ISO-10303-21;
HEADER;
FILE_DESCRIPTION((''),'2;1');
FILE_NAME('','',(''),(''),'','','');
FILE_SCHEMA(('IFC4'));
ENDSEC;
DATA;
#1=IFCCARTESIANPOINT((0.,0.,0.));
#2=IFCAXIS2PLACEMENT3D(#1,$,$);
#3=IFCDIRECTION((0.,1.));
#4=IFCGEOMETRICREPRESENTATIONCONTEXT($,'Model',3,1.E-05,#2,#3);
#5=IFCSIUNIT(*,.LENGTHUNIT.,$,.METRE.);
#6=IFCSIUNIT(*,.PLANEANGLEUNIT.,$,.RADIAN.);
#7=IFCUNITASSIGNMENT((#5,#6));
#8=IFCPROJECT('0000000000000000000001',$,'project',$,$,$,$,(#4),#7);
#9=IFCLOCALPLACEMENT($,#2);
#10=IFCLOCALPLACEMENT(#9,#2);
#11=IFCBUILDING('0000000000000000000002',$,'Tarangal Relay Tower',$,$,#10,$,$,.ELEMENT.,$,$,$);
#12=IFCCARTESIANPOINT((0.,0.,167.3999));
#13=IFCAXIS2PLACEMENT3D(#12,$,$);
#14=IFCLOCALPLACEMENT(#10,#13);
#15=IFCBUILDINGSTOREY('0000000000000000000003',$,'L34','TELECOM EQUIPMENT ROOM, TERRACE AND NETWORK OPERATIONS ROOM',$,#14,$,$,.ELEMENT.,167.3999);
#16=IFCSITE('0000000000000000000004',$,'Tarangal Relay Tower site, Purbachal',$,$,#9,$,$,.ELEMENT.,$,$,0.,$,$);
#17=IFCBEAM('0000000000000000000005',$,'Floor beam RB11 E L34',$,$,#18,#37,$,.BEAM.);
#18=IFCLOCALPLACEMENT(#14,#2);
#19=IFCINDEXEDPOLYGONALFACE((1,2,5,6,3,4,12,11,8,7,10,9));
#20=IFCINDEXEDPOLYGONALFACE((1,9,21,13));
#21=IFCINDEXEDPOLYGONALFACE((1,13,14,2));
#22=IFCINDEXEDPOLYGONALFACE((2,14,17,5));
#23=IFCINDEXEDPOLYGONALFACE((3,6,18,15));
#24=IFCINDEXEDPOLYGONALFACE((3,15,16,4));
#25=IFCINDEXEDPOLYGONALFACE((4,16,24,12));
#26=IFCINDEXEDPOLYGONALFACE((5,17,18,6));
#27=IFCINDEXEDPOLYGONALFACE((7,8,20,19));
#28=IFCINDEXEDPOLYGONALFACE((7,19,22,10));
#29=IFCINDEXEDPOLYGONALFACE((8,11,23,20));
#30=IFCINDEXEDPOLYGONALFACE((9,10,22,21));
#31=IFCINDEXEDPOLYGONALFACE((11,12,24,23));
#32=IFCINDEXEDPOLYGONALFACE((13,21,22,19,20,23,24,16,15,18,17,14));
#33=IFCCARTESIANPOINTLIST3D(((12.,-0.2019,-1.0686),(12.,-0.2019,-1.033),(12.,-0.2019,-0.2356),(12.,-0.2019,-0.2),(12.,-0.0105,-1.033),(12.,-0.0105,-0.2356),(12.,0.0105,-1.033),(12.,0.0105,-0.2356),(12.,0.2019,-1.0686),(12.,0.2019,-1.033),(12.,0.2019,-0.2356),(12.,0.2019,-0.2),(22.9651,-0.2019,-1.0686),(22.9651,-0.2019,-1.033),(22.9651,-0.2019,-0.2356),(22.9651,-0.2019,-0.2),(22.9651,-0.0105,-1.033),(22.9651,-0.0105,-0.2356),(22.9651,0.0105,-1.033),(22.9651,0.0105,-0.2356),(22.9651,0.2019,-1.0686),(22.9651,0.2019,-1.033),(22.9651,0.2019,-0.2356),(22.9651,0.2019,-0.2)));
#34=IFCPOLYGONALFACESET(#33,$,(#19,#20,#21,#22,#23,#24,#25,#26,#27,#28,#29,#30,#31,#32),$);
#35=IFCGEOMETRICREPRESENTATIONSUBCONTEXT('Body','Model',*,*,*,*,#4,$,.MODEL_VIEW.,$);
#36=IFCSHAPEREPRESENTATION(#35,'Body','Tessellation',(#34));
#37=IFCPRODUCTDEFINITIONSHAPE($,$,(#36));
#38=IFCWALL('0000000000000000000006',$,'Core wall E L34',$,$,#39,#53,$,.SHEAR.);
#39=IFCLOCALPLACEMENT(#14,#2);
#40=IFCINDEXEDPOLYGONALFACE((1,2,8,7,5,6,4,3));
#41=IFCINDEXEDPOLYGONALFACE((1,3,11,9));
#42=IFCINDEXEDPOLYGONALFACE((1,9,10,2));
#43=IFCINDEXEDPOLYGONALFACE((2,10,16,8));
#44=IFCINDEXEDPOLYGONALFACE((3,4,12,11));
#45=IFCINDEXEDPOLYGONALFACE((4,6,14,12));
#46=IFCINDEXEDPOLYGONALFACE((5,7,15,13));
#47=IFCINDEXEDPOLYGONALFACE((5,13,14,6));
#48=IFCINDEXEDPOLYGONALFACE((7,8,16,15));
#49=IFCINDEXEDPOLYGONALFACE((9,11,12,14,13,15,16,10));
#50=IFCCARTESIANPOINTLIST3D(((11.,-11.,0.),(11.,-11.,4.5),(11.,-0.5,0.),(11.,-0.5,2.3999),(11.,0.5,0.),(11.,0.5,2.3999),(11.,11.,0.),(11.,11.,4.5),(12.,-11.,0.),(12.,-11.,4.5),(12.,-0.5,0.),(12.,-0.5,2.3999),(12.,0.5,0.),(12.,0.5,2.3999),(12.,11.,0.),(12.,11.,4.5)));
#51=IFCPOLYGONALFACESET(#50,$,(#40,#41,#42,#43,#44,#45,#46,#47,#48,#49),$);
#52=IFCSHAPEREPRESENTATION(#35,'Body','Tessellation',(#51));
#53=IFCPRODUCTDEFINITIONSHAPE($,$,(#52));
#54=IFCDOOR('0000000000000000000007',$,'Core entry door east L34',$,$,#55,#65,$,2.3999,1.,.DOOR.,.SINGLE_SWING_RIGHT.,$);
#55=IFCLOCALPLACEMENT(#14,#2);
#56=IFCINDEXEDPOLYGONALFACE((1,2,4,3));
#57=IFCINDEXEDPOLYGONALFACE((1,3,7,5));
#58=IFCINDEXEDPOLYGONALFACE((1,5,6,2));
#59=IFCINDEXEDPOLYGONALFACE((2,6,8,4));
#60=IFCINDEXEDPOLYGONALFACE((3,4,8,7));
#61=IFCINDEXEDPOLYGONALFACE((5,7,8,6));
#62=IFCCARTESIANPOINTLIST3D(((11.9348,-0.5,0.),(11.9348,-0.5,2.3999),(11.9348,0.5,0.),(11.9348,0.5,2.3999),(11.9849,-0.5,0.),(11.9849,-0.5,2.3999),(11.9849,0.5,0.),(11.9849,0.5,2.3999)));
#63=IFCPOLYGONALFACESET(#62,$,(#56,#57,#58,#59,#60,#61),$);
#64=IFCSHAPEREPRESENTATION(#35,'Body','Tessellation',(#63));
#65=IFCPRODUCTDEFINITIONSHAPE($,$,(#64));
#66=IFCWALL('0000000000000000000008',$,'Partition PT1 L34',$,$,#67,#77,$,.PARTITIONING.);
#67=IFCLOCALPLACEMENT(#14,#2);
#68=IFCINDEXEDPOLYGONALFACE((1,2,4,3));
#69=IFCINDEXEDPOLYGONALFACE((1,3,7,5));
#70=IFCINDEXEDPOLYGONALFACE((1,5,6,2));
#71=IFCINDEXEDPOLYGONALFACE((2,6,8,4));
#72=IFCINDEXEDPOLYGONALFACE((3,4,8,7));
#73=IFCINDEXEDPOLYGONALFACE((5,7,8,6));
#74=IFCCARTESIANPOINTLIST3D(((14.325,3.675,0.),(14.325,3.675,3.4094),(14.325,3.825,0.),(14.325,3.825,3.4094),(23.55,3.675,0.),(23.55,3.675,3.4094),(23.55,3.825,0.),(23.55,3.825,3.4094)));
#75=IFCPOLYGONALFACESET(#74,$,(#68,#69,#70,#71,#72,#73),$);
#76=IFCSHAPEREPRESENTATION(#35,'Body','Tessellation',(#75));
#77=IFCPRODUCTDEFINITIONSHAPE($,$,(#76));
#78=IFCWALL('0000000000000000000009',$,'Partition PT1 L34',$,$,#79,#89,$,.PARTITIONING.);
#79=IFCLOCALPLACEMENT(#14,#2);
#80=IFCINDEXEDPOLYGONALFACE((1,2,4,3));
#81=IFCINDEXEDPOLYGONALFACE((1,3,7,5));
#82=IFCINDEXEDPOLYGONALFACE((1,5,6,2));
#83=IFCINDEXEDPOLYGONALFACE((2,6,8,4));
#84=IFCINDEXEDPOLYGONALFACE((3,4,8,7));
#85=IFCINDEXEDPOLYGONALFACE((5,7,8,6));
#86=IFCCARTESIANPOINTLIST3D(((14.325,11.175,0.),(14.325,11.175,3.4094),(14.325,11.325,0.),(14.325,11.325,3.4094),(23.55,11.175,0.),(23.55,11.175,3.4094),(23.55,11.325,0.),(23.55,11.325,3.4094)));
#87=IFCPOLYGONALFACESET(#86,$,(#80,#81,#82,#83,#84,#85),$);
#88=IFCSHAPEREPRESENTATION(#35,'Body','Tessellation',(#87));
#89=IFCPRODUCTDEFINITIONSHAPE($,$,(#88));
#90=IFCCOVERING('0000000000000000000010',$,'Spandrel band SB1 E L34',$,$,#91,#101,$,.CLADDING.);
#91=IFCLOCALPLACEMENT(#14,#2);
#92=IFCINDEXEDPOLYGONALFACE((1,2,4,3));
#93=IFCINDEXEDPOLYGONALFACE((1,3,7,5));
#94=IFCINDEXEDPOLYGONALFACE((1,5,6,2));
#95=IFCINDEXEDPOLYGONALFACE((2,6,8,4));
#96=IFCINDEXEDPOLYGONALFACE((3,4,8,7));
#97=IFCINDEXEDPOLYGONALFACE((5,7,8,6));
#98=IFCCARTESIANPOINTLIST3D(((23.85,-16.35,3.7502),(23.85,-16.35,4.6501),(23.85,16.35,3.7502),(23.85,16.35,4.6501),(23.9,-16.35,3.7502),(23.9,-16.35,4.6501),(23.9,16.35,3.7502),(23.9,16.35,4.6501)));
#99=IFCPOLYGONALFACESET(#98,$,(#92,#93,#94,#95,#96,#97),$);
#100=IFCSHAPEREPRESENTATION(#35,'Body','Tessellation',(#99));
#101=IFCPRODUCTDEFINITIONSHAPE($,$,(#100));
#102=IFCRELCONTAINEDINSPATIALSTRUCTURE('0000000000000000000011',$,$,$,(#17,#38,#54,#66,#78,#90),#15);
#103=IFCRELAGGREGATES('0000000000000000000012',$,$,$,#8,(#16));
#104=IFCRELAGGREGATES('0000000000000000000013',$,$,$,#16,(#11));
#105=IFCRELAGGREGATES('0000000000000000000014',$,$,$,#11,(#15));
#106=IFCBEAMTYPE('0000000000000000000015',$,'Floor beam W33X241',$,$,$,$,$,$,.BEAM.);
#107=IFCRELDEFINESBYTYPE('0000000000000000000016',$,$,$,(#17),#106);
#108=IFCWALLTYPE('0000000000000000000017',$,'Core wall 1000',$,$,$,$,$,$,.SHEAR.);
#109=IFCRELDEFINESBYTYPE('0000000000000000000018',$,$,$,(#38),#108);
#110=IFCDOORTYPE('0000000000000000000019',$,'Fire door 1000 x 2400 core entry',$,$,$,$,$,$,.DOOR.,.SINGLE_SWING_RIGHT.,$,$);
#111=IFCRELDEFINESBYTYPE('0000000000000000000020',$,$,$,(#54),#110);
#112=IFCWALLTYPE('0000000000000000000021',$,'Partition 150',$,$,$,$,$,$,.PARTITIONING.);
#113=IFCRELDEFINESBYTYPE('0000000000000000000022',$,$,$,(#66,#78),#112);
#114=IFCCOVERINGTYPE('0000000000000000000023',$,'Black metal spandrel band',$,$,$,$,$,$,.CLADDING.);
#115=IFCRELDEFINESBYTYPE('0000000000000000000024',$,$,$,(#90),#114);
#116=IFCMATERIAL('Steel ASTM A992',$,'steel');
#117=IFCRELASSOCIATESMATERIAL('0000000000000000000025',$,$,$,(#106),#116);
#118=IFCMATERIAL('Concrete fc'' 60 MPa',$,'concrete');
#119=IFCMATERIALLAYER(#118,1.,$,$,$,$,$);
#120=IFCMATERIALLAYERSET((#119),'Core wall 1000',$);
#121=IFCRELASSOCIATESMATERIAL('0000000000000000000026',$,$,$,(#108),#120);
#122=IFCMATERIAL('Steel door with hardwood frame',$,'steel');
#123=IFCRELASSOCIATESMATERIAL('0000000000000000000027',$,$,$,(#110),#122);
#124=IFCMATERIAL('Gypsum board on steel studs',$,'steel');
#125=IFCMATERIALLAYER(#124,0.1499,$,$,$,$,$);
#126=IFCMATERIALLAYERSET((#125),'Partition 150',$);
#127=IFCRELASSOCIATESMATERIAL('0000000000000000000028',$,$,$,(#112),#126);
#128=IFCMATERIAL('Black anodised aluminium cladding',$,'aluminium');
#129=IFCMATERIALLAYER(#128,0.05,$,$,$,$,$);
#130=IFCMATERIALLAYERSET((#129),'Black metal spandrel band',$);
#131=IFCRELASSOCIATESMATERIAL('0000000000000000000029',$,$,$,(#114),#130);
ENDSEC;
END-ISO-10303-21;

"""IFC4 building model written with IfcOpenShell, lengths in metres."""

from ifc_helpers import new_model, si_unit, direction, frame, frame_2d, origin, origin_2d, place, context, subcontext, project, spatial, rectangle, i_section, extrude, material, layer, layer_set, material_profile, profile_set, type_object, element, fill, save


model = new_model("IFC4")

# Units and contexts
model_context = context("Model", 3, precision=1e-05, world=origin(), true_north=direction((0.0, 1.0)))
body_context = subcontext(model_context, "Body", "Model", "MODEL_VIEW")
ifc_project = project(units=[si_unit("LENGTHUNIT", "METRE"), si_unit("PLANEANGLEUNIT", "RADIAN")], contexts=[model_context])

# Site, building, storey
site_placement = place(None, origin())
site = spatial("IfcSite", under=ifc_project, at=site_placement, Name="Tarangal Relay Tower site, Purbachal", CompositionType="ELEMENT", RefElevation=0.0)
building_placement = place(site_placement, origin())
building = spatial("IfcBuilding", under=site, at=building_placement, Name="Tarangal Relay Tower", CompositionType="ELEMENT")
storey_placement = place(building_placement, frame((0.0, 0.0, 167.3999)))
storey = spatial("IfcBuildingStorey", under=building, at=storey_placement, Name="L34", Description="TELECOM EQUIPMENT ROOM, TERRACE AND NETWORK OPERATIONS ROOM", CompositionType="ELEMENT", Elevation=167.3999)

# Beam
ifc_material_1 = material(Name="Steel ASTM A992", Category="steel")
ifc_material_profile_1 = material_profile(ifc_material_1, i_section(OverallWidth=0.4038, OverallDepth=0.8687, WebThickness=0.021, FlangeThickness=0.0356, at=origin_2d()), Name="W33X241")
ifc_profile_set_1 = profile_set([ifc_material_profile_1], Name="Steel ASTM A992")
beam_type_1 = type_object("IfcBeamType", Name="Floor beam W33X241", PredefinedType="BEAM", material=ifc_profile_set_1)
for number, where, z_axis, x_axis, name in (
    (1, (12.0, 0.0, -0.6343), (1.0, 0.0, 0.0), (0.0, 1.0, 0.0), "Floor beam RB11 E L34"),
):
    element("IfcBeam", number, at=place(storey_placement, frame(where, z_axis=z_axis, x_axis=x_axis)), inside=storey, type_object=beam_type_1, Name=name, PredefinedType="BEAM", context=body_context, shape_type="SweptSolid", body=[
        extrude(i_section(OverallWidth=0.4038, OverallDepth=0.8687, WebThickness=0.021, FlangeThickness=0.0356, at=origin_2d()), origin(), (0.0, 0.0, 1.0), 10.9651),
    ])

# Wall, opening, door
ifc_material_2 = material(Name="Concrete fc' 60 MPa", Category="concrete")
ifc_layer_1 = layer(ifc_material_2, 1.0)
ifc_layer_set_1 = layer_set([ifc_layer_1], Name="Core wall 1000")
wall_type_1 = type_object("IfcWallType", Name="Core wall 1000", PredefinedType="SHEAR", material=ifc_layer_set_1)
wall_placement = place(storey_placement, frame((11.5, 11.0, 0.0), z_axis=(0.0, 0.0, 1.0), x_axis=(0.0, -1.0, 0.0)))
wall = element("IfcWall", 2, at=wall_placement, inside=storey, type_object=wall_type_1, Name="Core wall E L34", PredefinedType="SHEAR", context=body_context, shape_type="SweptSolid", body=[
    extrude(rectangle(XDim=22.0, YDim=1.0, at=frame_2d((11.0, 0.0))), origin(), (0.0, 0.0, 1.0), 4.5),
])
opening_placement = place(wall_placement, frame((10.5, 0.0, 0.0)))
opening = element("IfcOpeningElement", 3, at=opening_placement, cuts=wall, PredefinedType="OPENING", context=body_context, shape_type="SweptSolid", body=[
    extrude(rectangle(XDim=1.0, YDim=2.3999, at=frame_2d((0.5, 1.2))), frame((0.0, 0.51, 0.0), z_axis=(0.0, -1.0, 0.0), x_axis=(1.0, 0.0, 0.0)), (0.0, 0.0, 1.0), 1.02),
])
ifc_material_3 = material(Name="Steel door with hardwood frame", Category="steel")
door_type = type_object("IfcDoorType", Name="Fire door 1000 x 2400 core entry", OperationType="SINGLE_SWING_RIGHT", PredefinedType="DOOR", material=ifc_material_3)
door_placement = place(opening_placement, origin())
door = element("IfcDoor", 4, at=door_placement, inside=storey, type_object=door_type, Name="Core entry door east L34", OperationType="SINGLE_SWING_RIGHT", OverallHeight=2.3999, OverallWidth=1.0, PredefinedType="DOOR", context=body_context, shape_type="SweptSolid", body=[
    extrude(rectangle(XDim=1.0, YDim=2.3999, at=frame_2d((0.5, 1.2))), frame((0.0, 0.4849, 0.0), z_axis=(0.0, -1.0, 0.0), x_axis=(1.0, 0.0, 0.0)), (0.0, 0.0, 1.0), 0.05),
])
fill(opening, door)

# Walls
ifc_material_4 = material(Name="Gypsum board on steel studs", Category="steel")
ifc_layer_2 = layer(ifc_material_4, 0.1499)
ifc_layer_set_2 = layer_set([ifc_layer_2], Name="Partition 150")
wall_type_2 = type_object("IfcWallType", Name="Partition 150", PredefinedType="PARTITIONING", material=ifc_layer_set_2)
for number, where, z_axis, x_axis, name in (
    (5, (14.325, 3.75, 0.0), (0.0, 0.0, 1.0), (1.0, 0.0, 0.0), "Partition PT1 L34"),
    (6, (14.325, 11.25, 0.0), (0.0, 0.0, 1.0), (1.0, 0.0, 0.0), "Partition PT1 L34"),
):
    element("IfcWall", number, at=place(storey_placement, frame(where, z_axis=z_axis, x_axis=x_axis)), inside=storey, type_object=wall_type_2, Name=name, PredefinedType="PARTITIONING", context=body_context, shape_type="SweptSolid", body=[
        extrude(rectangle(XDim=9.2251, YDim=0.1499, at=frame_2d((4.6125, 0.0))), origin(), (0.0, 0.0, 1.0), 3.4094),
    ])

# Covering
ifc_material_5 = material(Name="Black anodised aluminium cladding", Category="aluminium")
ifc_layer_3 = layer(ifc_material_5, 0.05)
ifc_layer_set_3 = layer_set([ifc_layer_3], Name="Black metal spandrel band")
covering_type = type_object("IfcCoveringType", Name="Black metal spandrel band", PredefinedType="CLADDING", material=ifc_layer_set_3)
covering_placement = place(storey_placement, frame((23.875, 0.0, 3.7502), z_axis=(0.0, 0.0, 1.0), x_axis=(0.0, -1.0, 0.0)))
element("IfcCovering", 7, at=covering_placement, inside=storey, type_object=covering_type, Name="Spandrel band SB1 E L34", PredefinedType="CLADDING", context=body_context, shape_type="SweptSolid", body=[
    extrude(rectangle(XDim=32.7, YDim=0.05, at=origin_2d()), origin(), (0.0, 0.0, 1.0), 0.8999),
])

save(model, "model.ifc")
